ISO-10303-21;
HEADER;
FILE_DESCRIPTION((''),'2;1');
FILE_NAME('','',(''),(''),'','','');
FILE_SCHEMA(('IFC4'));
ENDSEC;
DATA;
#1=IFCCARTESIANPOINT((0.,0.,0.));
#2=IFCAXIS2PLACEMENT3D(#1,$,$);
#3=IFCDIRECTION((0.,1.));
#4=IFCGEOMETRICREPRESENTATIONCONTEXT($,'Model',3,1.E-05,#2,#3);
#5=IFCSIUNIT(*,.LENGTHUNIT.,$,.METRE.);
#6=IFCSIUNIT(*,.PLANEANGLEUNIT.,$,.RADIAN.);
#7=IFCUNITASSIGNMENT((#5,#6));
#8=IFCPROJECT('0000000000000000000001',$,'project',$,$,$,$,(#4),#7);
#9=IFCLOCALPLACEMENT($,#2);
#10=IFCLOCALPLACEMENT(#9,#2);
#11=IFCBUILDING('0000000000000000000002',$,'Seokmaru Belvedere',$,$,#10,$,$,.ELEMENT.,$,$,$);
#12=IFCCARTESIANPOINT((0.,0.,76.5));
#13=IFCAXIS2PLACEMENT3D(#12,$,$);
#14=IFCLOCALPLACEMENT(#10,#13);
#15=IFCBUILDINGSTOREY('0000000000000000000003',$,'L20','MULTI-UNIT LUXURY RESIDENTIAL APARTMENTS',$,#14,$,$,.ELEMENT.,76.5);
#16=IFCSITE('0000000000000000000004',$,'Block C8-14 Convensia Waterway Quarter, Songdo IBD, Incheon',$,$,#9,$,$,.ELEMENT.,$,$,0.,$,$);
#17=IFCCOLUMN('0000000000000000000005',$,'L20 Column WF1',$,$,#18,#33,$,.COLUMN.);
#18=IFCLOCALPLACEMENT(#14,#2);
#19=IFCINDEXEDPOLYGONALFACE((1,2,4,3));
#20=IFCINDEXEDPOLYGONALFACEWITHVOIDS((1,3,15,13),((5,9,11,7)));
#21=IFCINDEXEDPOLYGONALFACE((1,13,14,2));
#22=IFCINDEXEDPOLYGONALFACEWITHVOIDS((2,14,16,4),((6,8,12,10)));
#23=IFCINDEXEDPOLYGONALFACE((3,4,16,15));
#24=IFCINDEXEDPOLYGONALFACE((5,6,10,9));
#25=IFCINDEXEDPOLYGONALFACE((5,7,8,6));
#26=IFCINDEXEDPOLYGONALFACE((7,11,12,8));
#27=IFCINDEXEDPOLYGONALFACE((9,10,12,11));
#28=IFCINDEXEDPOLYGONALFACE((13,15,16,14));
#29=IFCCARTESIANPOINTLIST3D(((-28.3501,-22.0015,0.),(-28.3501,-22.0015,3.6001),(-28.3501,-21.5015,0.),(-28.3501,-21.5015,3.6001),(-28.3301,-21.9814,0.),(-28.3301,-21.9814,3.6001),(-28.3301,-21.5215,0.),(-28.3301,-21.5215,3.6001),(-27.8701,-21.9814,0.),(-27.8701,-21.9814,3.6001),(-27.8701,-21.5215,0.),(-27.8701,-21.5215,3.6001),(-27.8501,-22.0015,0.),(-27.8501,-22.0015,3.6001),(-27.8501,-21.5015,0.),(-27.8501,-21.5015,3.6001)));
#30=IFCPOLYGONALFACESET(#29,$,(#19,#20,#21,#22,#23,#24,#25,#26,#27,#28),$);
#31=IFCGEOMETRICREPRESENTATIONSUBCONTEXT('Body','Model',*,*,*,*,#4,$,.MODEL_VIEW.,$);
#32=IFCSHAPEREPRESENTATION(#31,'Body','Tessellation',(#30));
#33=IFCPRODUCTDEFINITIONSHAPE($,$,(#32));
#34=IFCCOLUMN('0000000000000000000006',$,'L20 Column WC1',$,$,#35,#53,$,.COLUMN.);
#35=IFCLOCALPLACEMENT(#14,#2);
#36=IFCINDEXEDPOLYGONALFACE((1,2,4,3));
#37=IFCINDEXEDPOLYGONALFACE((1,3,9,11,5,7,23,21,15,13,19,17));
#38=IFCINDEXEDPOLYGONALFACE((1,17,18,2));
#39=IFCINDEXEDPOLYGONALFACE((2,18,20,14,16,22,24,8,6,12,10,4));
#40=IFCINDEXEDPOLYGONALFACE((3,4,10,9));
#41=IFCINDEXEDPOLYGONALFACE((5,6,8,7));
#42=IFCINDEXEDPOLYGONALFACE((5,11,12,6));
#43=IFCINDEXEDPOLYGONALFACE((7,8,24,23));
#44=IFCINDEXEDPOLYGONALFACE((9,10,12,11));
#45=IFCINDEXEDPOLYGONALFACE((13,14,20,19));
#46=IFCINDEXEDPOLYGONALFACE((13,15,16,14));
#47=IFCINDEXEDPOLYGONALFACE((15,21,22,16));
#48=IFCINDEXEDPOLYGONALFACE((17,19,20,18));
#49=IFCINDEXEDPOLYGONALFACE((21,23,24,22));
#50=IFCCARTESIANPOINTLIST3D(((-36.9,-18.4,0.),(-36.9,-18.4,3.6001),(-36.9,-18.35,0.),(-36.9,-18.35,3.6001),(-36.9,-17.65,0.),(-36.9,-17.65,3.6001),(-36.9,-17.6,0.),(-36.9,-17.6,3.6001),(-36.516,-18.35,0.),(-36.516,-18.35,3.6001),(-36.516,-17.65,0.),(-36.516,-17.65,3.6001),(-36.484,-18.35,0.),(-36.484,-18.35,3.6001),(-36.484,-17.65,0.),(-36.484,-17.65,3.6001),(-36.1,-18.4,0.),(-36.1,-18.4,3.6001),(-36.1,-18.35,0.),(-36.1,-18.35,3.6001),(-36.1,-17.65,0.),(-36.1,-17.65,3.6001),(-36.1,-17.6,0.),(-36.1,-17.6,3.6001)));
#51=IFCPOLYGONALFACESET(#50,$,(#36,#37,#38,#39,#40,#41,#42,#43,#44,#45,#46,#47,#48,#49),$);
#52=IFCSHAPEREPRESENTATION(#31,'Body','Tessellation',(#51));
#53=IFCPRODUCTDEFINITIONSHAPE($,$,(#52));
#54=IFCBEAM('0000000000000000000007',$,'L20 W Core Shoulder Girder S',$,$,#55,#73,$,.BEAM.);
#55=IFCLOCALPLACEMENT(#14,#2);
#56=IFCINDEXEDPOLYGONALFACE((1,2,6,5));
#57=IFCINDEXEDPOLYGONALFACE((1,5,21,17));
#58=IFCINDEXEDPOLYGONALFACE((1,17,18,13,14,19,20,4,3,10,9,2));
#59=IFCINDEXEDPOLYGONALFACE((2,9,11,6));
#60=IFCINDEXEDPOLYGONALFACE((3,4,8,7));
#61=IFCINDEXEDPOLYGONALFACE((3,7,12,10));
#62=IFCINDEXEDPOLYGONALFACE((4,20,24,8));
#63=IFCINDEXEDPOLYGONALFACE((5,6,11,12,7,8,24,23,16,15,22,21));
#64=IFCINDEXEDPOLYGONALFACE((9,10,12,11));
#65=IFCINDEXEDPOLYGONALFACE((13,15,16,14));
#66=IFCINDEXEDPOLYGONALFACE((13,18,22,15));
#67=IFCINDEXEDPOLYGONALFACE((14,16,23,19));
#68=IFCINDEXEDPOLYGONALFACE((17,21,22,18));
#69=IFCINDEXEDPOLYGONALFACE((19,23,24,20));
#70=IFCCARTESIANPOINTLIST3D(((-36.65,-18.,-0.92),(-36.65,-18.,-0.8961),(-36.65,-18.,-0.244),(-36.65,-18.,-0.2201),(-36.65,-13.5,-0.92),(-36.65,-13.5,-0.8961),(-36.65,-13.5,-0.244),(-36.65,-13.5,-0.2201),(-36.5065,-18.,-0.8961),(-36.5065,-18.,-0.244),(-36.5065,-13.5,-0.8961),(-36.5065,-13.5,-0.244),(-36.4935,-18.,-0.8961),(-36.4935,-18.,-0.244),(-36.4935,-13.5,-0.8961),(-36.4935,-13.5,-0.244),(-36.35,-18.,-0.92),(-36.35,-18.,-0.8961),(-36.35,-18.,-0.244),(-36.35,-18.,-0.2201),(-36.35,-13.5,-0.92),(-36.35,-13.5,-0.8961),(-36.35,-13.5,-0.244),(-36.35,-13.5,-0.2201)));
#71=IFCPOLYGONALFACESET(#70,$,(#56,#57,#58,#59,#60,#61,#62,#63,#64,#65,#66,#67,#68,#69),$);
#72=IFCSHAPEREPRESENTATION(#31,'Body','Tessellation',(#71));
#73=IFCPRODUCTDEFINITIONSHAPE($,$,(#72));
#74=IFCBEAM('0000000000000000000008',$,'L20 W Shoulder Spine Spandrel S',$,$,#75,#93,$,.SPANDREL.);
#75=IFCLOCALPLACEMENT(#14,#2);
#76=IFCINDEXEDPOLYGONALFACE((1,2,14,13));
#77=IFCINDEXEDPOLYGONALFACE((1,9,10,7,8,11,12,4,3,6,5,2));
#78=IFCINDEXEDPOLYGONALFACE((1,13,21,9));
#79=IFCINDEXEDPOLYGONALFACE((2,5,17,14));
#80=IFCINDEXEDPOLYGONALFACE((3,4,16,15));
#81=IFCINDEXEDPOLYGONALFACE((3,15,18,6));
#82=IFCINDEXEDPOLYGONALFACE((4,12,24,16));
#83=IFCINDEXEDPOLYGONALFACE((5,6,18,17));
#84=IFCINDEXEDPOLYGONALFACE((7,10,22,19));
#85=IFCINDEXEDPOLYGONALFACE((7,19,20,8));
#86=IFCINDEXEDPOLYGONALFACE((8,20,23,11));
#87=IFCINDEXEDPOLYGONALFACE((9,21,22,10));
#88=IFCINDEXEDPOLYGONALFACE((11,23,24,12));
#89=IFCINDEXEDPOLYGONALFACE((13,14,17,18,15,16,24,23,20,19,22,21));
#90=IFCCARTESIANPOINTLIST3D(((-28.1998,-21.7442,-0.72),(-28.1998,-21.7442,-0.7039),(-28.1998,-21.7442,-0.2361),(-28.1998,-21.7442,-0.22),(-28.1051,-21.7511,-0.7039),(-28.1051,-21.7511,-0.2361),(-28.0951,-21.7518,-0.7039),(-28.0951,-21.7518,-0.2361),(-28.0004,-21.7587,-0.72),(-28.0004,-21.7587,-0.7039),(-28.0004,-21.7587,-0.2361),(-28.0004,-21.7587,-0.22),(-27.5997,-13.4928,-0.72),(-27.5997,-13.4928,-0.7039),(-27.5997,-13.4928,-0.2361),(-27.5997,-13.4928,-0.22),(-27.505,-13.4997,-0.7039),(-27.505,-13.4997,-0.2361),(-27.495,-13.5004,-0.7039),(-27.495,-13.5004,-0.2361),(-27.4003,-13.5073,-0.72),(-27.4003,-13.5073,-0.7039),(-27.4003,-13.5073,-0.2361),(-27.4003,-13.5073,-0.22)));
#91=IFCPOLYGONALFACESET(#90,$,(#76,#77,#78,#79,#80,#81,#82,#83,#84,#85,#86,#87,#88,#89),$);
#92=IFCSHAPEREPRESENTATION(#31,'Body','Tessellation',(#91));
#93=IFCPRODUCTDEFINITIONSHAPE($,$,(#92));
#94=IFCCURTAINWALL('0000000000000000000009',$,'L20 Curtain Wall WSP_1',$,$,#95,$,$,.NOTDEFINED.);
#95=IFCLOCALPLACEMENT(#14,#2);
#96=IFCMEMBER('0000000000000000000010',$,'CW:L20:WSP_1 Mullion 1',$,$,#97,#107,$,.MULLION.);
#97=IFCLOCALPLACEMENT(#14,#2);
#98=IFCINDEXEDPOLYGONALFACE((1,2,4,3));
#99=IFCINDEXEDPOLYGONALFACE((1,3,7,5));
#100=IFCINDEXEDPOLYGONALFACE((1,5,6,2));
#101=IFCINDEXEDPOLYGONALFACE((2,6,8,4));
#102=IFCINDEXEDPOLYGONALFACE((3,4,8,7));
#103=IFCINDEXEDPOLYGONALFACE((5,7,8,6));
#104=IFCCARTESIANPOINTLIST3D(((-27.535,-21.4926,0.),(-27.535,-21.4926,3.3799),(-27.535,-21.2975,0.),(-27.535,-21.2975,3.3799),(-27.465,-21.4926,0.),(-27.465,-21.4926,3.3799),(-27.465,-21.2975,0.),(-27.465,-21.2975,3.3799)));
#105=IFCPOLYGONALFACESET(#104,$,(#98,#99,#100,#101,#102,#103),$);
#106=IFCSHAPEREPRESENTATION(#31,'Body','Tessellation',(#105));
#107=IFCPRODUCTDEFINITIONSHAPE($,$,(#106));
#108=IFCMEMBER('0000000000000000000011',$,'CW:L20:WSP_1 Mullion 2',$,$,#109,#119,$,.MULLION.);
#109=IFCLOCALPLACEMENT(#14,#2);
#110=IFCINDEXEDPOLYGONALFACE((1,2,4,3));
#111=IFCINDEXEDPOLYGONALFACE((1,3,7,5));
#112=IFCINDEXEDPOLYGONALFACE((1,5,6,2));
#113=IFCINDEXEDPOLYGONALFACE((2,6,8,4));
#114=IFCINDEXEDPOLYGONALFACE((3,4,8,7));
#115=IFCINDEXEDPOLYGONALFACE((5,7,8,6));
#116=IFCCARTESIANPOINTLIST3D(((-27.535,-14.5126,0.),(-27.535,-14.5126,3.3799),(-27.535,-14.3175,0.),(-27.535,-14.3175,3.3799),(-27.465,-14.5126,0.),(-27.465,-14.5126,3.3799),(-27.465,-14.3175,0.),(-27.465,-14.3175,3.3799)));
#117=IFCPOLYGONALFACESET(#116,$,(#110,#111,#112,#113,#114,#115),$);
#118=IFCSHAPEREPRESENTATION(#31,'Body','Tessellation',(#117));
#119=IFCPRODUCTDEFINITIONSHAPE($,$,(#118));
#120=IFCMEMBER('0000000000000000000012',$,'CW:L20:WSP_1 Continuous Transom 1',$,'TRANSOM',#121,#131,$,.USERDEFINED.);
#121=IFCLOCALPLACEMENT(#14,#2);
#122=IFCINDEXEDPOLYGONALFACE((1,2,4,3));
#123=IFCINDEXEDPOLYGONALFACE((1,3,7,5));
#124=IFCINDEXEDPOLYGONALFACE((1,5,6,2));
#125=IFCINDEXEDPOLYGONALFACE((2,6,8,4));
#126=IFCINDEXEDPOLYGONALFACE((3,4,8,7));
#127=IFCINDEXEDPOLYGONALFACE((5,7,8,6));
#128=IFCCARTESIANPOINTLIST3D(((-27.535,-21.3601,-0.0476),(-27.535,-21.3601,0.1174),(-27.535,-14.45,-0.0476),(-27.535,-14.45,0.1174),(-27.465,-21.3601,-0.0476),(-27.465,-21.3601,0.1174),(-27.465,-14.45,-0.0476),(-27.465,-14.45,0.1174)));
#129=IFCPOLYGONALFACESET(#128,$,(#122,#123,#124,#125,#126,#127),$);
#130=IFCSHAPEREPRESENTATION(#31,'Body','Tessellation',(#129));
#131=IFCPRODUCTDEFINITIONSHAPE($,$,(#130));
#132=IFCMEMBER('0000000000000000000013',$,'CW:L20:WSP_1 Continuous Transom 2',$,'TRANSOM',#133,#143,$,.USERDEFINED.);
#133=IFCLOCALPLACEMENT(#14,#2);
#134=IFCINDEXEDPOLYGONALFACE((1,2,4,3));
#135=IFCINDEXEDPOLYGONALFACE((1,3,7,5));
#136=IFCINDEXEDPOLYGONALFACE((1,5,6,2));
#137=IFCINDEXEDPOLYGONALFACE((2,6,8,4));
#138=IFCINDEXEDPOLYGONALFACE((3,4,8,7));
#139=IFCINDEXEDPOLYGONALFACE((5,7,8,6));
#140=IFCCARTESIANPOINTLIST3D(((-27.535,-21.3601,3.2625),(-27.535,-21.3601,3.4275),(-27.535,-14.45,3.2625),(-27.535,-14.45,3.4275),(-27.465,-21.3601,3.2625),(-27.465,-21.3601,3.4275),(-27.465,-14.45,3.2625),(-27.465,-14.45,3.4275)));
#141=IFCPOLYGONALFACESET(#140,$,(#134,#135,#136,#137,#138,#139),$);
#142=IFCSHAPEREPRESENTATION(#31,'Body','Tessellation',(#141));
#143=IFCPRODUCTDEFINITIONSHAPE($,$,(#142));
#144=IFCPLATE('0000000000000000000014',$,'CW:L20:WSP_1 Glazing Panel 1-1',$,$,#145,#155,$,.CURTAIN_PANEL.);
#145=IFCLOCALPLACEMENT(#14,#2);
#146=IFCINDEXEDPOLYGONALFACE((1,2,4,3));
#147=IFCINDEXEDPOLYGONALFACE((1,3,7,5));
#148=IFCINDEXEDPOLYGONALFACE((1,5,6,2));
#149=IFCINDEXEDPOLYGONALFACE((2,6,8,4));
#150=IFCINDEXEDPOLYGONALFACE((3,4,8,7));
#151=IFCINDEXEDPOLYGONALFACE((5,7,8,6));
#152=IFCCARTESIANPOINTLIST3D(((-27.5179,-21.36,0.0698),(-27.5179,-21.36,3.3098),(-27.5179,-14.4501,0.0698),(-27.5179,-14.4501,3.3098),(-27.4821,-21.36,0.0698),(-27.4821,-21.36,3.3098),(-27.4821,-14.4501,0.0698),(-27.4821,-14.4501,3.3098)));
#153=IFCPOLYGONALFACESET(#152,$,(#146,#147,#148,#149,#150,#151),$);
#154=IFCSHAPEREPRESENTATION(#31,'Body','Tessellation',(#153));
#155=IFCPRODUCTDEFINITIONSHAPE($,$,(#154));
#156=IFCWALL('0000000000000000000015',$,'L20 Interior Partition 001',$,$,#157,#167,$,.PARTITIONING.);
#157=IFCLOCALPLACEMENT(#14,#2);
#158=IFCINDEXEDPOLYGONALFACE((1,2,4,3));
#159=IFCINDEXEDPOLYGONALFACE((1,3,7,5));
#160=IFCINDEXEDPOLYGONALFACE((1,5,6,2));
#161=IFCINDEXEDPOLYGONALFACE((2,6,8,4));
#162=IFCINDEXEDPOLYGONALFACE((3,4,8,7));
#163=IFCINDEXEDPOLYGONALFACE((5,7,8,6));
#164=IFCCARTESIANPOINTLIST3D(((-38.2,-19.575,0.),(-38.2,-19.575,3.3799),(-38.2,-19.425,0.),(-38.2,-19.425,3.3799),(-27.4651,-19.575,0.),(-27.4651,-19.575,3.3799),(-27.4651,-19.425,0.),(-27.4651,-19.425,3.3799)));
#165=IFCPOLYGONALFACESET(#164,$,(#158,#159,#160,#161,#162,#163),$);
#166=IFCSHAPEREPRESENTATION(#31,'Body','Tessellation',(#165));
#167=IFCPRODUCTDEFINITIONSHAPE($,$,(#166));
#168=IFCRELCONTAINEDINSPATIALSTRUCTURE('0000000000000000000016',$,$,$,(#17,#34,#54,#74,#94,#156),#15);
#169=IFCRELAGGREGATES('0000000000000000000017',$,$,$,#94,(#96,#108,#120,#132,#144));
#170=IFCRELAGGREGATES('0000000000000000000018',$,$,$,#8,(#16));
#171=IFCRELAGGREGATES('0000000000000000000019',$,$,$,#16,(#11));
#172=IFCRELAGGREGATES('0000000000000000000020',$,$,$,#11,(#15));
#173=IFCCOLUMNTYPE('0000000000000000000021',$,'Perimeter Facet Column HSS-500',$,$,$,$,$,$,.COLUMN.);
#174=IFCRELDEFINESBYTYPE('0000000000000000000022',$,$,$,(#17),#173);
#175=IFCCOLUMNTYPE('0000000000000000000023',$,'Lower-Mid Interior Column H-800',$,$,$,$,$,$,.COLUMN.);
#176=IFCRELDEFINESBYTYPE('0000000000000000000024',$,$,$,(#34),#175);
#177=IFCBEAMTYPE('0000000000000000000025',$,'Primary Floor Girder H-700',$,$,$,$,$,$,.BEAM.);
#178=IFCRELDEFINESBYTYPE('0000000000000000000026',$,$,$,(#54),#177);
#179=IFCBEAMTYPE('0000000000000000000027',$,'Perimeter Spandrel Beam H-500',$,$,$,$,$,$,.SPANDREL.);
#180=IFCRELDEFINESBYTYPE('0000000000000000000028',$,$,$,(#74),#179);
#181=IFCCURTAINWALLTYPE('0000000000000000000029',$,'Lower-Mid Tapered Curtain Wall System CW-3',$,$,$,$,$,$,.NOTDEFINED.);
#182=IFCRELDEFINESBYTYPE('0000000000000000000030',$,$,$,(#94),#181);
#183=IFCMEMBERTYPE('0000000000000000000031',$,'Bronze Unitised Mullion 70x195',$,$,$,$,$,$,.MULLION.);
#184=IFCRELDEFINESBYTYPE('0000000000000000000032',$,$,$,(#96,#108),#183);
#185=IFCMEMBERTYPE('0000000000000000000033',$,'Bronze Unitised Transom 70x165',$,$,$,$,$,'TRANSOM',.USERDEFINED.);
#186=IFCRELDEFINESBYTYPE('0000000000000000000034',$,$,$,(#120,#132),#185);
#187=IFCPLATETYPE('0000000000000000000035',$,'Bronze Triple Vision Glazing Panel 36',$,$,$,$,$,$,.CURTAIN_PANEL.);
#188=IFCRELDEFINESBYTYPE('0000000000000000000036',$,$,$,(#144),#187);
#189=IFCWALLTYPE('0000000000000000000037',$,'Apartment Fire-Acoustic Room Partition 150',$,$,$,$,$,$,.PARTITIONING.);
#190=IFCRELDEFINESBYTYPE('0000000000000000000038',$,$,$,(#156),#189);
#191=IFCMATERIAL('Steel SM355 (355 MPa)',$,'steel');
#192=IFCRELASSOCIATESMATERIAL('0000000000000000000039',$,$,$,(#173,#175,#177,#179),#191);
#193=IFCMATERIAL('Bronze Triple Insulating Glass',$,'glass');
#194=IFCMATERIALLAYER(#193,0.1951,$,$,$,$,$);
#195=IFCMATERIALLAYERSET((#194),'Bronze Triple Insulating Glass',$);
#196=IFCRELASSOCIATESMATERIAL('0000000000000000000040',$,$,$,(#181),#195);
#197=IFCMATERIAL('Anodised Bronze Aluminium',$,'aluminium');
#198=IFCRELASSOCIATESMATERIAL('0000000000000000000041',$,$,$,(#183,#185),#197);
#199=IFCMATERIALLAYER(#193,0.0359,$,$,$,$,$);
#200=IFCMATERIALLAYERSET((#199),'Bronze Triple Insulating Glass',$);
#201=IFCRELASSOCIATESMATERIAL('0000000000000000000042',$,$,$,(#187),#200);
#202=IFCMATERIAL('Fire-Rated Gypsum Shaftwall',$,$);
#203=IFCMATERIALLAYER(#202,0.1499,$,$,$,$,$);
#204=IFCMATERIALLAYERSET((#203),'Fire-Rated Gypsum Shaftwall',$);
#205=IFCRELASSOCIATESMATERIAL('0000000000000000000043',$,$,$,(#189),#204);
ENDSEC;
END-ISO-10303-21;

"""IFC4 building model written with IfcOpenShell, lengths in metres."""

from ifc_helpers import new_model, si_unit, direction, frame, frame_2d, origin, origin_2d, place, context, subcontext, project, spatial, rectangle, hollow_rectangle, i_section, extrude, source, transform, mapped, material, layer, layer_set, material_profile, profile_set, type_object, type_shapes, element, aggregate, save


model = new_model("IFC4")

# Units and contexts
model_context = context("Model", 3, precision=1e-05, world=origin(), true_north=direction((0.0, 1.0)))
body_context = subcontext(model_context, "Body", "Model", "MODEL_VIEW")
ifc_project = project(units=[si_unit("LENGTHUNIT", "METRE"), si_unit("PLANEANGLEUNIT", "RADIAN")], contexts=[model_context])

# Site, building, storey
site_placement = place(None, origin())
site = spatial("IfcSite", under=ifc_project, at=site_placement, Name="Block C8-14 Convensia Waterway Quarter, Songdo IBD, Incheon", CompositionType="ELEMENT", RefElevation=0.0)
building_placement = place(site_placement, origin())
building = spatial("IfcBuilding", under=site, at=building_placement, Name="Seokmaru Belvedere", CompositionType="ELEMENT")
storey_placement = place(building_placement, frame((0.0, 0.0, 76.5)))
storey = spatial("IfcBuildingStorey", under=building, at=storey_placement, Name="L20", Description="MULTI-UNIT LUXURY RESIDENTIAL APARTMENTS", CompositionType="ELEMENT", Elevation=76.5)

# Columns
ifc_material_1 = material(Name="Steel SM355 (355 MPa)", Category="steel")
ifc_material_profile_1 = material_profile(ifc_material_1, hollow_rectangle(XDim=0.5, YDim=0.5, WallThickness=0.02, at=origin_2d()), Name="HSS-500x500x20")
ifc_profile_set_1 = profile_set([ifc_material_profile_1], Name="Steel SM355 (355 MPa)")
column_type_1 = type_object("IfcColumnType", Name="Perimeter Facet Column HSS-500", PredefinedType="COLUMN", material=ifc_profile_set_1)
shared_shape_1 = source(origin(), body_context, "Body", "SweptSolid", [
    extrude(hollow_rectangle(XDim=0.5, YDim=0.5, WallThickness=0.02, at=origin_2d()), origin(), (0.0, 0.0, 1.0), 3.6001),
])
type_shapes(column_type_1, [shared_shape_1])
column_1_placement = place(storey_placement, frame((-28.1001, -21.7515, 0.0), z_axis=(0.0, 0.0, 1.0), x_axis=(1.0, 0.0, 0.0)))
element("IfcColumn", 1, at=column_1_placement, inside=storey, type_object=column_type_1, Name="L20 Column WF1", PredefinedType="COLUMN", context=body_context, shape_type="MappedRepresentation", body=[
    mapped(shared_shape_1, transform((0.0, 0.0, 0.0), scale=1.0)),
])
ifc_material_profile_2 = material_profile(ifc_material_1, i_section(OverallWidth=0.8, OverallDepth=0.8, WebThickness=0.032, FlangeThickness=0.05, at=origin_2d()), Name="H-800x800x32x50")
ifc_profile_set_2 = profile_set([ifc_material_profile_2], Name="Steel SM355 (355 MPa)")
column_type_2 = type_object("IfcColumnType", Name="Lower-Mid Interior Column H-800", PredefinedType="COLUMN", material=ifc_profile_set_2)
shared_shape_2 = source(origin(), body_context, "Body", "SweptSolid", [
    extrude(i_section(OverallWidth=0.8, OverallDepth=0.8, WebThickness=0.032, FlangeThickness=0.05, at=origin_2d()), origin(), (0.0, 0.0, 1.0), 3.6001),
])
type_shapes(column_type_2, [shared_shape_2])
column_2_placement = place(storey_placement, frame((-36.5, -18.0, 0.0), z_axis=(0.0, 0.0, 1.0), x_axis=(1.0, 0.0, 0.0)))
element("IfcColumn", 2, at=column_2_placement, inside=storey, type_object=column_type_2, Name="L20 Column WC1", PredefinedType="COLUMN", context=body_context, shape_type="MappedRepresentation", body=[
    mapped(shared_shape_2, transform((0.0, 0.0, 0.0), scale=1.0)),
])

# Beams
ifc_material_profile_3 = material_profile(ifc_material_1, i_section(OverallWidth=0.3, OverallDepth=0.7, WebThickness=0.0129, FlangeThickness=0.0239, at=origin_2d()), Name="H-700x300x13x24")
ifc_profile_set_3 = profile_set([ifc_material_profile_3], Name="Steel SM355 (355 MPa)")
beam_type_1 = type_object("IfcBeamType", Name="Primary Floor Girder H-700", PredefinedType="BEAM", material=ifc_profile_set_3)
shared_shape_3 = source(origin(), body_context, "Body", "SweptSolid", [
    extrude(i_section(OverallWidth=0.3, OverallDepth=0.7, WebThickness=0.0129, FlangeThickness=0.0239, at=origin_2d()), origin(), (0.0, 0.0, 1.0), 4.5),
])
type_shapes(beam_type_1, [shared_shape_3])
beam_1_placement = place(storey_placement, frame((-36.5, -18.0, -0.5701), z_axis=(0.0, 1.0, 0.0), x_axis=(-1.0, 0.0, 0.0)))
element("IfcBeam", 3, at=beam_1_placement, inside=storey, type_object=beam_type_1, Name="L20 W Core Shoulder Girder S", PredefinedType="BEAM", context=body_context, shape_type="MappedRepresentation", body=[
    mapped(shared_shape_3, transform((0.0, 0.0, 0.0), scale=1.0)),
])
ifc_material_profile_4 = material_profile(ifc_material_1, i_section(OverallWidth=0.2, OverallDepth=0.5, WebThickness=0.01, FlangeThickness=0.0161, at=origin_2d()), Name="H-500x200x10x16")
ifc_profile_set_4 = profile_set([ifc_material_profile_4], Name="Steel SM355 (355 MPa)")
beam_type_2 = type_object("IfcBeamType", Name="Perimeter Spandrel Beam H-500", PredefinedType="SPANDREL", material=ifc_profile_set_4)
shared_shape_4 = source(origin(), body_context, "Body", "SweptSolid", [
    extrude(i_section(OverallWidth=0.2, OverallDepth=0.5, WebThickness=0.01, FlangeThickness=0.0161, at=origin_2d()), origin(), (0.0, 0.0, 1.0), 8.2732),
])
type_shapes(beam_type_2, [shared_shape_4])
beam_2_placement = place(storey_placement, frame((-28.1001, -21.7515, -0.47), z_axis=(0.072535, 0.997366, 0.0), x_axis=(-0.997366, 0.072535, 0.0)))
element("IfcBeam", 4, at=beam_2_placement, inside=storey, type_object=beam_type_2, Name="L20 W Shoulder Spine Spandrel S", PredefinedType="SPANDREL", context=body_context, shape_type="MappedRepresentation", body=[
    mapped(shared_shape_4, transform((0.0, 0.0, 0.0), scale=1.0)),
])

# Curtain wall, members, plate
ifc_material_2 = material(Name="Bronze Triple Insulating Glass", Category="glass")
ifc_layer_1 = layer(ifc_material_2, 0.1951)
ifc_layer_set_1 = layer_set([ifc_layer_1], Name="Bronze Triple Insulating Glass")
curtain_wall_type = type_object("IfcCurtainWallType", Name="Lower-Mid Tapered Curtain Wall System CW-3", PredefinedType="NOTDEFINED", material=ifc_layer_set_1)
curtain_wall_placement = place(storey_placement, origin())
curtain_wall = element("IfcCurtainWall", 5, at=curtain_wall_placement, inside=storey, type_object=curtain_wall_type, Name="L20 Curtain Wall WSP_1", PredefinedType="NOTDEFINED")
ifc_material_3 = material(Name="Anodised Bronze Aluminium", Category="aluminium")
ifc_material_profile_5 = material_profile(ifc_material_3, rectangle(XDim=0.0701, YDim=0.1951, at=origin_2d()), Name="CW-M-70x195")
ifc_profile_set_5 = profile_set([ifc_material_profile_5], Name="Anodised Bronze Aluminium")
member_type_1 = type_object("IfcMemberType", Name="Bronze Unitised Mullion 70x195", PredefinedType="MULLION", material=ifc_profile_set_5)
shared_shape_5 = source(origin(), body_context, "Body", "SweptSolid", [
    extrude(rectangle(XDim=0.0701, YDim=0.1951, at=origin_2d()), origin(), (0.0, 0.0, 1.0), 3.3799),
])
type_shapes(member_type_1, [shared_shape_5])
member_1_placement = place(storey_placement, frame((-27.5, -21.395, 0.0), z_axis=(0.0, 0.0, 1.0), x_axis=(-1.0, 0.0, 0.0)))
member_1 = element("IfcMember", 6, at=member_1_placement, type_object=member_type_1, Name="CW:L20:WSP_1 Mullion 1", PredefinedType="MULLION", context=body_context, shape_type="MappedRepresentation", body=[
    mapped(shared_shape_5, transform((0.0, 0.0, 0.0), scale=1.0)),
])
member_2_placement = place(storey_placement, frame((-27.5, -14.415, 0.0), z_axis=(0.0, 0.0, 1.0), x_axis=(-1.0, 0.0, 0.0)))
member_2 = element("IfcMember", 7, at=member_2_placement, type_object=member_type_1, Name="CW:L20:WSP_1 Mullion 2", PredefinedType="MULLION", context=body_context, shape_type="MappedRepresentation", body=[
    mapped(shared_shape_5, transform((0.0, 0.0, 0.0), scale=1.0)),
])
ifc_material_profile_6 = material_profile(ifc_material_3, rectangle(XDim=0.0701, YDim=0.165, at=origin_2d()), Name="CW-T-70x165")
ifc_profile_set_6 = profile_set([ifc_material_profile_6], Name="Anodised Bronze Aluminium")
member_type_2 = type_object("IfcMemberType", Name="Bronze Unitised Transom 70x165", ElementType="TRANSOM", PredefinedType="USERDEFINED", material=ifc_profile_set_6)
shared_shape_6 = source(origin(), body_context, "Body", "SweptSolid", [
    extrude(rectangle(XDim=0.0701, YDim=0.165, at=origin_2d()), origin(), (0.0, 0.0, 1.0), 6.9102),
])
type_shapes(member_type_2, [shared_shape_6])
member_3_placement = place(storey_placement, frame((-27.5, -21.3601, 0.0349), z_axis=(0.0, 1.0, 0.0), x_axis=(-1.0, 0.0, 0.0)))
member_3 = element("IfcMember", 8, at=member_3_placement, type_object=member_type_2, Name="CW:L20:WSP_1 Continuous Transom 1", ObjectType="TRANSOM", PredefinedType="USERDEFINED", context=body_context, shape_type="MappedRepresentation", body=[
    mapped(shared_shape_6, transform((0.0, 0.0, 0.0), scale=1.0)),
])
member_4_placement = place(storey_placement, frame((-27.5, -21.3601, 3.345), z_axis=(0.0, 1.0, 0.0), x_axis=(-1.0, 0.0, 0.0)))
member_4 = element("IfcMember", 9, at=member_4_placement, type_object=member_type_2, Name="CW:L20:WSP_1 Continuous Transom 2", ObjectType="TRANSOM", PredefinedType="USERDEFINED", context=body_context, shape_type="MappedRepresentation", body=[
    mapped(shared_shape_6, transform((0.0, 0.0, 0.0), scale=1.0)),
])
ifc_layer_2 = layer(ifc_material_2, 0.0359)
ifc_layer_set_2 = layer_set([ifc_layer_2], Name="Bronze Triple Insulating Glass")
plate_type = type_object("IfcPlateType", Name="Bronze Triple Vision Glazing Panel 36", PredefinedType="CURTAIN_PANEL", material=ifc_layer_set_2)
shared_shape_7 = source(origin(), body_context, "Body", "SweptSolid", [
    extrude(rectangle(XDim=6.9099, YDim=0.0359, at=origin_2d()), origin(), (0.0, 0.0, 1.0), 3.24),
])
type_shapes(plate_type, [shared_shape_7])
plate_placement = place(storey_placement, frame((-27.5, -17.905, 0.0698), z_axis=(0.0, 0.0, 1.0), x_axis=(0.0, 1.0, 0.0)))
plate = element("IfcPlate", 10, at=plate_placement, type_object=plate_type, Name="CW:L20:WSP_1 Glazing Panel 1-1", PredefinedType="CURTAIN_PANEL", context=body_context, shape_type="MappedRepresentation", body=[
    mapped(shared_shape_7, transform((0.0, 0.0, 0.0), scale=1.0)),
])
aggregate(curtain_wall, [member_1, member_2, member_3, member_4, plate])

# Wall
ifc_material_4 = material(Name="Fire-Rated Gypsum Shaftwall")
ifc_layer_3 = layer(ifc_material_4, 0.1499)
ifc_layer_set_3 = layer_set([ifc_layer_3], Name="Fire-Rated Gypsum Shaftwall")
wall_type_1 = type_object("IfcWallType", Name="Apartment Fire-Acoustic Room Partition 150", PredefinedType="PARTITIONING", material=ifc_layer_set_3)
wall_1_placement = place(storey_placement, frame((-38.2, -19.5, 0.0), z_axis=(0.0, 0.0, 1.0), x_axis=(1.0, 0.0, 0.0)))
element("IfcWall", 11, at=wall_1_placement, inside=storey, type_object=wall_type_1, Name="L20 Interior Partition 001", PredefinedType="PARTITIONING", context=body_context, shape_type="SweptSolid", body=[
    extrude(rectangle(XDim=10.7349, YDim=0.1499, at=frame_2d((5.3674, 0.0))), origin(), (0.0, 0.0, 1.0), 3.3799),
])

save(model, "model.ifc")
